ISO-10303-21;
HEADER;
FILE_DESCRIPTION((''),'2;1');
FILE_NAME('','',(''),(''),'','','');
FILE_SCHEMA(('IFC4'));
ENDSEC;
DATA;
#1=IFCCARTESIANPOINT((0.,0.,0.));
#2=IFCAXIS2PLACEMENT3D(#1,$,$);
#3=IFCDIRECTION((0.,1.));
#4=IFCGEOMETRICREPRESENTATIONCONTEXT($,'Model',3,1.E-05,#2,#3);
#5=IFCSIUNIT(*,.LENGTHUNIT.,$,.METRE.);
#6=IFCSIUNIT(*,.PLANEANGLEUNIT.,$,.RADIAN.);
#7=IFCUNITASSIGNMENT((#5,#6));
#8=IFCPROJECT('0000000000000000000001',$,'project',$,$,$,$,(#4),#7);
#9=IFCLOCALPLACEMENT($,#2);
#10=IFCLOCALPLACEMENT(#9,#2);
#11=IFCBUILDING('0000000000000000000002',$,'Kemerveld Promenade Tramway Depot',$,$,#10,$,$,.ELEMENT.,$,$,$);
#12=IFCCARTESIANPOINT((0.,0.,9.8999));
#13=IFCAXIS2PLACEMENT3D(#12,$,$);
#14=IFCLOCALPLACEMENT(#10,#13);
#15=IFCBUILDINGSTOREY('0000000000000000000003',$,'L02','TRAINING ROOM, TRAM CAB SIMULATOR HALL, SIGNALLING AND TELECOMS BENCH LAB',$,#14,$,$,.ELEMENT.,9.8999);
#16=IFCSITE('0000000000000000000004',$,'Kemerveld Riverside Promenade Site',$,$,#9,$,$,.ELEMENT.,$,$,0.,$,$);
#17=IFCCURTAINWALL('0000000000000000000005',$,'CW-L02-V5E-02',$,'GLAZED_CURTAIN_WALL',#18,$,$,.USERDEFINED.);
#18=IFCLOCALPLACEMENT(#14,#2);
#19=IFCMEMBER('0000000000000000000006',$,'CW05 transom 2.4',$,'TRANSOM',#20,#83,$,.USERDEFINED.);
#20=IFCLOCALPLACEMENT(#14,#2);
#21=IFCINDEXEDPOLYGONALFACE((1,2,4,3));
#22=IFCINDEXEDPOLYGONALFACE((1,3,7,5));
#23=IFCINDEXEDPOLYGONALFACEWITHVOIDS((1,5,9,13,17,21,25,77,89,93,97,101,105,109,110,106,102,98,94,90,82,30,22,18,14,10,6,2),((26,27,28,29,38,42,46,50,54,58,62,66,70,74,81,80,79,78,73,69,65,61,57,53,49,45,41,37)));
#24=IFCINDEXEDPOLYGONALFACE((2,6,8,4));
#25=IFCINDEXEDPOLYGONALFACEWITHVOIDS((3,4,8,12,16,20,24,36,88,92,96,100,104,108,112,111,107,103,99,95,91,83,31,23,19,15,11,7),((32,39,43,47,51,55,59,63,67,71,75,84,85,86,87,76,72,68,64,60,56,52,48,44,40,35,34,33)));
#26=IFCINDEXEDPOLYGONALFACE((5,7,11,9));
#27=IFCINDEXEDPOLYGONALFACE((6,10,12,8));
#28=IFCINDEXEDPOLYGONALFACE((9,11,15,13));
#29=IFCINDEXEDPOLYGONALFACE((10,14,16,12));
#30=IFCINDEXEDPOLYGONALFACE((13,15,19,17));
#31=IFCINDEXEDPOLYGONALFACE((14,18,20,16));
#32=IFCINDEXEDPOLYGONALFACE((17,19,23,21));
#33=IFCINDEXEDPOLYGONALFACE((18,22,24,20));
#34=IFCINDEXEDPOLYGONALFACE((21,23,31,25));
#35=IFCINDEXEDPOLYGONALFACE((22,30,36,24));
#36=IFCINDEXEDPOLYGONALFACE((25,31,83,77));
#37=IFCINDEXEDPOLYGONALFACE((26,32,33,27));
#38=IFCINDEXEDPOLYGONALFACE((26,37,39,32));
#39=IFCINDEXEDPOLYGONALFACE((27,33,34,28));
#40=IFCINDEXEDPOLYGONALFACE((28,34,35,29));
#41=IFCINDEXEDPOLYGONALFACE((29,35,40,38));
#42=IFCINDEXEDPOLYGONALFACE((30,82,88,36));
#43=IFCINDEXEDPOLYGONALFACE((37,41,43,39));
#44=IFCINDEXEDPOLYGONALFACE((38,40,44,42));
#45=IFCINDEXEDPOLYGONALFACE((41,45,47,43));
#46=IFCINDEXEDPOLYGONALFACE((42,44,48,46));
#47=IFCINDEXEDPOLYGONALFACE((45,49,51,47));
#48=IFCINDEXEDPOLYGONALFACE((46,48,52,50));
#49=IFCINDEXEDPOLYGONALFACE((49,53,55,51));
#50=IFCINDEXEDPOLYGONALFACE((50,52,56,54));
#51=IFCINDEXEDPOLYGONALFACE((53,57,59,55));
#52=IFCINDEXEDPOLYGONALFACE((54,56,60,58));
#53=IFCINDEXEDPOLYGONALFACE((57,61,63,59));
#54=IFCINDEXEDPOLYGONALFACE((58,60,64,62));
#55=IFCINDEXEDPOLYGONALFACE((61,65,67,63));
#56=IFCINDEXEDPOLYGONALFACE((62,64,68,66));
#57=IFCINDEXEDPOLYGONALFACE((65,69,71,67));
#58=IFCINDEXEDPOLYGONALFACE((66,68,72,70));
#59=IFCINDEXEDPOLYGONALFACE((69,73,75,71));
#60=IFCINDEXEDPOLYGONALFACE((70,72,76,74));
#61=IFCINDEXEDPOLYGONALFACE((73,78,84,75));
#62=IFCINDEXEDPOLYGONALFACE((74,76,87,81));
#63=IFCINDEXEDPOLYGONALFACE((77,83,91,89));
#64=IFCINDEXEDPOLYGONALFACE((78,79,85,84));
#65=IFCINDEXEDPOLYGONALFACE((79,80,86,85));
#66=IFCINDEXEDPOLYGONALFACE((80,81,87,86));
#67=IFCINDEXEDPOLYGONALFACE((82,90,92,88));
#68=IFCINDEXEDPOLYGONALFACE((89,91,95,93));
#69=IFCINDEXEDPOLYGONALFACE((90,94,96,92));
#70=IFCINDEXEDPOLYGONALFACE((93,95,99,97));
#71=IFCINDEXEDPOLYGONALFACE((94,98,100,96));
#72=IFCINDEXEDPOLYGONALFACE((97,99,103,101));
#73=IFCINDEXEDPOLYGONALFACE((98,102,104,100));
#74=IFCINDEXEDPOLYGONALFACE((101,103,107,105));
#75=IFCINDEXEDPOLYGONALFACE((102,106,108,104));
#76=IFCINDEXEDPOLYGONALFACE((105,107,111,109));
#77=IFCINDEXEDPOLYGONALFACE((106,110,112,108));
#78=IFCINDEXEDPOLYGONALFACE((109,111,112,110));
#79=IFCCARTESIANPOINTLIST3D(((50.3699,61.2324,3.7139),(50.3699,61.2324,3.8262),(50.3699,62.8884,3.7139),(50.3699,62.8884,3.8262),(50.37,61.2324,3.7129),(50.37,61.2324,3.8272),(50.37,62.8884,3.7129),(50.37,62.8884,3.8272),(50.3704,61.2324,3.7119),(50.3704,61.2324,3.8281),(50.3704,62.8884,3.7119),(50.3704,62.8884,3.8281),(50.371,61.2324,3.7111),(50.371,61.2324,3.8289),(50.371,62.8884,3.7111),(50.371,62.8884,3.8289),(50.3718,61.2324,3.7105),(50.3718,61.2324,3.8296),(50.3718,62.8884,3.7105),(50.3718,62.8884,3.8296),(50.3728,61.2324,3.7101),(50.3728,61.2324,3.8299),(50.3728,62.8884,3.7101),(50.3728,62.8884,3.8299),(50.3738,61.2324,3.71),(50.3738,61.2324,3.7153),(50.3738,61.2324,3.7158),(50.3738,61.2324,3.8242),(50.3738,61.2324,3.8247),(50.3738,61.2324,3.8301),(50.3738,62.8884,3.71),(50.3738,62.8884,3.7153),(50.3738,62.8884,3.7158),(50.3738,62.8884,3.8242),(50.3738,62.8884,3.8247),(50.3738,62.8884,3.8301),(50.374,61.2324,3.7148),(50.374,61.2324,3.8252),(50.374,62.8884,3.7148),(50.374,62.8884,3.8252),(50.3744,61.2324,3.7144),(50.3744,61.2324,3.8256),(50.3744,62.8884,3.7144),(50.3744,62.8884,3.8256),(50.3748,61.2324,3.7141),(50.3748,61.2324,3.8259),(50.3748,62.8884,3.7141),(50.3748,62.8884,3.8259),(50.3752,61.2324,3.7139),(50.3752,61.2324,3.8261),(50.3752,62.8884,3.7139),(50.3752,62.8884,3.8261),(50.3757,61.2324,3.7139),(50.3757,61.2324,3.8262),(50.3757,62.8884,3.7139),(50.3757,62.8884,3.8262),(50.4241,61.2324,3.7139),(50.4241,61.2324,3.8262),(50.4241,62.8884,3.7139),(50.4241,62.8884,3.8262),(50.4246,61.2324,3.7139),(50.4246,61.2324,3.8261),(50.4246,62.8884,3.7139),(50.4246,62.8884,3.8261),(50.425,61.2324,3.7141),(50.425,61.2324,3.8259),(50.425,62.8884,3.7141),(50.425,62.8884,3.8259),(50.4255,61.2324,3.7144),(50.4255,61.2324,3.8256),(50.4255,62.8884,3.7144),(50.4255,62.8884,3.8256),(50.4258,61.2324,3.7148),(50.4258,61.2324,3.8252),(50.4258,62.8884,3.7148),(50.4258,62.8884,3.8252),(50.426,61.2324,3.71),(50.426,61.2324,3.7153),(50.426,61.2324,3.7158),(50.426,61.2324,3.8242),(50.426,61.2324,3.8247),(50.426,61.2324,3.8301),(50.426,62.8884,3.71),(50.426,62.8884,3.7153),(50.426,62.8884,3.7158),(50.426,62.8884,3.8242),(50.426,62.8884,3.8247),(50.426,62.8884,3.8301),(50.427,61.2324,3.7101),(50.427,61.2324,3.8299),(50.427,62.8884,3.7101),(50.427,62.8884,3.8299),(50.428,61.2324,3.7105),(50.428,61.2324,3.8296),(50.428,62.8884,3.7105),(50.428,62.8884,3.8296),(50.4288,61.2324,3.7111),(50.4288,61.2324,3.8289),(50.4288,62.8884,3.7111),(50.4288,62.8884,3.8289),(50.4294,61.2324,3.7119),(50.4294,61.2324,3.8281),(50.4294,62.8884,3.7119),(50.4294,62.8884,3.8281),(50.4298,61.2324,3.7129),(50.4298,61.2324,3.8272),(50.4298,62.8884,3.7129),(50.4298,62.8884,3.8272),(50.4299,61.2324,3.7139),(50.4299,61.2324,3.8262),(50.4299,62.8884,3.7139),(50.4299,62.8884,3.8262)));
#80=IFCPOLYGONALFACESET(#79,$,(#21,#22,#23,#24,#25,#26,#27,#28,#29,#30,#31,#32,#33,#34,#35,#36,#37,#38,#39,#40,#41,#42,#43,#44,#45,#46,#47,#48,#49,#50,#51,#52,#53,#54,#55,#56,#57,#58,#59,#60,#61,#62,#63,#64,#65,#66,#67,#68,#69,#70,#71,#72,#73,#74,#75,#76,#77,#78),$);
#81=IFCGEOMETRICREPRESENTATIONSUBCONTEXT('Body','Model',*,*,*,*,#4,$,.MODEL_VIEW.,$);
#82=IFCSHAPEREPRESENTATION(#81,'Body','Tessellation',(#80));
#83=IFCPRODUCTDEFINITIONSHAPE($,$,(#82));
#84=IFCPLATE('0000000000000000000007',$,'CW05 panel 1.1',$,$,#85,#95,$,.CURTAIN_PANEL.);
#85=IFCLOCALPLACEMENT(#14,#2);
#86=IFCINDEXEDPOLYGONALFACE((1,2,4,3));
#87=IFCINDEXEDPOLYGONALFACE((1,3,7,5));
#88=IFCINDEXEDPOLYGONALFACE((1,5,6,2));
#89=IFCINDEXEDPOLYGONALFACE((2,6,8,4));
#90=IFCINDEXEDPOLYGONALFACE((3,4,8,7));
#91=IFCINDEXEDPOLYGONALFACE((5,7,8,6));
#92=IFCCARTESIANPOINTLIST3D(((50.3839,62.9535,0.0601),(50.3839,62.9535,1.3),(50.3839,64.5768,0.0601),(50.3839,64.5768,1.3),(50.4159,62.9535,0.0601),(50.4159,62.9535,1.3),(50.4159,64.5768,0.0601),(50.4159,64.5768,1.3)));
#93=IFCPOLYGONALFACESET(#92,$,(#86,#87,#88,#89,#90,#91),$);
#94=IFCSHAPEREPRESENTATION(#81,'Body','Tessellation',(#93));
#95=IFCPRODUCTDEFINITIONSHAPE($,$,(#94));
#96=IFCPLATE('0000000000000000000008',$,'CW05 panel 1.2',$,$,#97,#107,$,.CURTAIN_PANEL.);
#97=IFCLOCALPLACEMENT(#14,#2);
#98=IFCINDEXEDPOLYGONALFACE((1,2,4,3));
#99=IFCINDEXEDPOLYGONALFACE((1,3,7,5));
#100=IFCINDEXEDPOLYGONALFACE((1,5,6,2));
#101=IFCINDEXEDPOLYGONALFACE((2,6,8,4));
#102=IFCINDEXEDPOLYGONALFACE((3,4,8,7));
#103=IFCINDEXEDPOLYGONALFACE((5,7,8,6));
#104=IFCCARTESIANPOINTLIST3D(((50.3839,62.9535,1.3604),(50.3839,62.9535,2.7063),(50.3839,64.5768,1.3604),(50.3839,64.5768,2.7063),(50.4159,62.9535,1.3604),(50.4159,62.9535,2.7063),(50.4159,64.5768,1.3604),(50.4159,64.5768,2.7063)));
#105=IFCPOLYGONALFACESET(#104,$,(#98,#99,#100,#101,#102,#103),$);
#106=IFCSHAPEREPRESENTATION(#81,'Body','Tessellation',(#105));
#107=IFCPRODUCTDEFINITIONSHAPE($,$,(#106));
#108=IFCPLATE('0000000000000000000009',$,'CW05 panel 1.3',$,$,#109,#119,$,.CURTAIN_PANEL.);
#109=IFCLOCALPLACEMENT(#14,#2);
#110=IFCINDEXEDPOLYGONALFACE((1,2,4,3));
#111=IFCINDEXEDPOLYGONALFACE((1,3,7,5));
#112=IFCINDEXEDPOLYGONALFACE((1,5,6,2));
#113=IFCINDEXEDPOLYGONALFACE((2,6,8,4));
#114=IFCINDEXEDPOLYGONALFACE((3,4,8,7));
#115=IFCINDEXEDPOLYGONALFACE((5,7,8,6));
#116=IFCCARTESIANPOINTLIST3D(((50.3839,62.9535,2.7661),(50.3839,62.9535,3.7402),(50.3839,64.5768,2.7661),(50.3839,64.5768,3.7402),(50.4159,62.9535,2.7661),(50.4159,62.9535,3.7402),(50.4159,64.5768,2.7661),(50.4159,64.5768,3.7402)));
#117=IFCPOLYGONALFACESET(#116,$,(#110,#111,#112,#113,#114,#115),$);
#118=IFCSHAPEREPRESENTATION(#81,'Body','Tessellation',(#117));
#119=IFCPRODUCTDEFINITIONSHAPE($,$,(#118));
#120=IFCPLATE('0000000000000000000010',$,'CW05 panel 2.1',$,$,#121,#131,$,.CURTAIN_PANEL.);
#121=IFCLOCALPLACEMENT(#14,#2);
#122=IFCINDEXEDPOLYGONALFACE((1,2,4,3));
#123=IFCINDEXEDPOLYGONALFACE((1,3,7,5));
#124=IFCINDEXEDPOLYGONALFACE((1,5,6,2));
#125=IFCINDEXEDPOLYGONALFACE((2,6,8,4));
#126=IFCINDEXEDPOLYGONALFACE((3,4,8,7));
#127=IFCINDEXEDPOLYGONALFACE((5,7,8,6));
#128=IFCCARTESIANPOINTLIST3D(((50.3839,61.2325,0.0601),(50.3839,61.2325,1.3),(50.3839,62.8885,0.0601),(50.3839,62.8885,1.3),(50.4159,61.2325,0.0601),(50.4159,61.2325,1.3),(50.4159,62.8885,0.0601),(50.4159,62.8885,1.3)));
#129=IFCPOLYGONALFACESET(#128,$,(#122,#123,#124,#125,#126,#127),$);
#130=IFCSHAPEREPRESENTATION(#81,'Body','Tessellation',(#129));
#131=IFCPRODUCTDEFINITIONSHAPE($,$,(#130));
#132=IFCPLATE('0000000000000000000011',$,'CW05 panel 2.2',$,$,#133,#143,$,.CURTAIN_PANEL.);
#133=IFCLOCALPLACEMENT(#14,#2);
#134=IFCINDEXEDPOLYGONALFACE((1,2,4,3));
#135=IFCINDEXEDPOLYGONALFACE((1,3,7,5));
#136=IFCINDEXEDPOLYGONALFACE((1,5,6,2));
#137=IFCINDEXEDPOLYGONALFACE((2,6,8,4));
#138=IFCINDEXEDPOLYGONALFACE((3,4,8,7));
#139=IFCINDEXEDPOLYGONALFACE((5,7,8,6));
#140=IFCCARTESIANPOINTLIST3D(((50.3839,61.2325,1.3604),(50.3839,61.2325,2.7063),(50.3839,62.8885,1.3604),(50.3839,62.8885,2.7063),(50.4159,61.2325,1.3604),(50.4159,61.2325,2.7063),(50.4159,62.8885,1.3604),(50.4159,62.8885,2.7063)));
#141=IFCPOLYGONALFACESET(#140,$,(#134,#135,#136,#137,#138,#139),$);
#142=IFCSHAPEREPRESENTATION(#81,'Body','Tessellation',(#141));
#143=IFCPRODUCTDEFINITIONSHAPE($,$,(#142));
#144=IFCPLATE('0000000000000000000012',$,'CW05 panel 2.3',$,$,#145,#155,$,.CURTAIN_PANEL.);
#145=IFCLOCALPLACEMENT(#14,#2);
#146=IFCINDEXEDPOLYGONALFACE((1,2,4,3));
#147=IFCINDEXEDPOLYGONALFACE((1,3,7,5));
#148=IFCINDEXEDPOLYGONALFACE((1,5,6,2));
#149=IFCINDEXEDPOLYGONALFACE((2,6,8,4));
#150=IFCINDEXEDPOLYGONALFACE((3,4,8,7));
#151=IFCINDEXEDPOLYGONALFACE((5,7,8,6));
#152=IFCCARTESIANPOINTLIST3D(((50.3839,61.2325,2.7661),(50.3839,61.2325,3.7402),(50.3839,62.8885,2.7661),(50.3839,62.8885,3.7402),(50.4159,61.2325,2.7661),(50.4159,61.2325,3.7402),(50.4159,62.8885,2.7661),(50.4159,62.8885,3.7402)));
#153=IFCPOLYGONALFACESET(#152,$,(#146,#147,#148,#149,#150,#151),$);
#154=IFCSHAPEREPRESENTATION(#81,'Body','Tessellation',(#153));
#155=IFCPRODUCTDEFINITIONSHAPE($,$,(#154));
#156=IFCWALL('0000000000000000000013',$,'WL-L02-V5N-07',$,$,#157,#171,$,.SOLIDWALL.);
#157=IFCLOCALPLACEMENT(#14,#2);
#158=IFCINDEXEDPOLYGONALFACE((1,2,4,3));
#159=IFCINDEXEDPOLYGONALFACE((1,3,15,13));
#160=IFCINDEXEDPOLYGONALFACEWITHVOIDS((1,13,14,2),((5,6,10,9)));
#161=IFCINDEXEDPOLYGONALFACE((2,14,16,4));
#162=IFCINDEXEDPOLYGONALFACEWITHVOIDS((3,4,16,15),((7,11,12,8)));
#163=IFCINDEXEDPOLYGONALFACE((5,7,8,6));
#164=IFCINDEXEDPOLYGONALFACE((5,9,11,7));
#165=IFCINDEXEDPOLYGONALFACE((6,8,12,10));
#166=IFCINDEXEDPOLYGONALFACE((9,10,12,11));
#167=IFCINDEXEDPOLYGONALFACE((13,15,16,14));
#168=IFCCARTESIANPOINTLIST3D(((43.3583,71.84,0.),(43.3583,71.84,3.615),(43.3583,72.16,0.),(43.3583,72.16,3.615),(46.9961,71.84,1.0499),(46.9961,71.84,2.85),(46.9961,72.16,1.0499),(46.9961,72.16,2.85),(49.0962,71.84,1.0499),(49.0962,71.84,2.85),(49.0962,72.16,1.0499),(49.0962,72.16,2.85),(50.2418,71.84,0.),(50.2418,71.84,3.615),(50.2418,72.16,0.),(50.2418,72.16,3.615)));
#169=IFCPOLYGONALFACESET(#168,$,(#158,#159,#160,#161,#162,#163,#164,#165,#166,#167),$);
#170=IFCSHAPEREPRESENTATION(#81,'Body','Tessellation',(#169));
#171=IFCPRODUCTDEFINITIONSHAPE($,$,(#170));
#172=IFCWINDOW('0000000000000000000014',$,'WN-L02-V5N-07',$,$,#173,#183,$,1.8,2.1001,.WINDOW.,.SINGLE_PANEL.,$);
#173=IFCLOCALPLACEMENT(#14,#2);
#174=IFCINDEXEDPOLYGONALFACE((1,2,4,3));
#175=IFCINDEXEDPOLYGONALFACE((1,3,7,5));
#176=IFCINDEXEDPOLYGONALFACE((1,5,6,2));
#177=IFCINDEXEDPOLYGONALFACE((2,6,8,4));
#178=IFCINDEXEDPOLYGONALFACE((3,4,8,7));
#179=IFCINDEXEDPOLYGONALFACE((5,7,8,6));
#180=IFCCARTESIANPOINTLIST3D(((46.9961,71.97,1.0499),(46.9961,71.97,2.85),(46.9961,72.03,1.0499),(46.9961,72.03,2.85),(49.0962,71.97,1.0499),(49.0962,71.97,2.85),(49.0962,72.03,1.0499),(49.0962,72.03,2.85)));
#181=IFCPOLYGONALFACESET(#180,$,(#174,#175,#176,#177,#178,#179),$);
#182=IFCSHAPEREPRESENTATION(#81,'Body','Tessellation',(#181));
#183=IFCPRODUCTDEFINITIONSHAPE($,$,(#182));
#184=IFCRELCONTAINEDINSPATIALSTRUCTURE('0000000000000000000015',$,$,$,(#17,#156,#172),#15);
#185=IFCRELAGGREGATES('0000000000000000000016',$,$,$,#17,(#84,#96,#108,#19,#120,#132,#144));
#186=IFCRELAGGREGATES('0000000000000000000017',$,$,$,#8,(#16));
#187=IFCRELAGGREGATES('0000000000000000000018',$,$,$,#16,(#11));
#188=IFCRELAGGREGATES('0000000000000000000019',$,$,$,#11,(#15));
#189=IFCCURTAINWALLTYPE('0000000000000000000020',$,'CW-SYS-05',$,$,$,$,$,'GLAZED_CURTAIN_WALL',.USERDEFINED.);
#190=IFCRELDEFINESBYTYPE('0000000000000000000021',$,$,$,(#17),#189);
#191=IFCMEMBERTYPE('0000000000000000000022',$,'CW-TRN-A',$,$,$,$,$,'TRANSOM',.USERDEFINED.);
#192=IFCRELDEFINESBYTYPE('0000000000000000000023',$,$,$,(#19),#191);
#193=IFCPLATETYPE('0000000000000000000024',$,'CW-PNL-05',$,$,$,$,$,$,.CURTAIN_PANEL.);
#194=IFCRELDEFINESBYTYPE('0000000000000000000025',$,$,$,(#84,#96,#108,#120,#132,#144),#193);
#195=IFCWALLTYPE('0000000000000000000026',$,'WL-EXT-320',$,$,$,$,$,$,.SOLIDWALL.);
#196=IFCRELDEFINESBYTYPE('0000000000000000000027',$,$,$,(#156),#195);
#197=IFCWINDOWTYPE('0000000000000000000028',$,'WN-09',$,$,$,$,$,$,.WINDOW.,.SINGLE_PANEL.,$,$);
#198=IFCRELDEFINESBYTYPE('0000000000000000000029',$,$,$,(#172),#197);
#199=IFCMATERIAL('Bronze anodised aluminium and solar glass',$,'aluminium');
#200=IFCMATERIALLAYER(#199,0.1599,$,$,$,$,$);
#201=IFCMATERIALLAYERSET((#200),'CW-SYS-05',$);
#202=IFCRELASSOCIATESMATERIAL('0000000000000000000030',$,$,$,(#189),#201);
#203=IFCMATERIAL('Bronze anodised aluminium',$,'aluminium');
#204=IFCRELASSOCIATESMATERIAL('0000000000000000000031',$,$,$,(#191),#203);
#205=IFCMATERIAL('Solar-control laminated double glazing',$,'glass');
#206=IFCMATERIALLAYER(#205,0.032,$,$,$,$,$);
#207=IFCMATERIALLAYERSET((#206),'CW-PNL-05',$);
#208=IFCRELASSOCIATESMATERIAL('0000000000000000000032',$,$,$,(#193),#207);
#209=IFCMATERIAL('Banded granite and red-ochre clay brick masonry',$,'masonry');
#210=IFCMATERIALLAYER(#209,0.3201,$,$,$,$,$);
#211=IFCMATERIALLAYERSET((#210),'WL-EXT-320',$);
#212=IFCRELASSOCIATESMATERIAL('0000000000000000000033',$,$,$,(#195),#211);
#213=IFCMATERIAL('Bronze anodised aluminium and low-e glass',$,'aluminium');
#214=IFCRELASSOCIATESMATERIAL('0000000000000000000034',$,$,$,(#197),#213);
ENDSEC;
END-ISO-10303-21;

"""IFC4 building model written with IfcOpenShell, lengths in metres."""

from ifc_helpers import new_model, si_unit, direction, frame, frame_2d, origin, origin_2d, place, context, subcontext, project, spatial, rectangle, hollow_rectangle, extrude, material, layer, layer_set, material_profile, profile_set, type_object, element, fill, aggregate, save


model = new_model("IFC4")

# Units and contexts
model_context = context("Model", 3, precision=1e-05, world=origin(), true_north=direction((0.0, 1.0)))
body_context = subcontext(model_context, "Body", "Model", "MODEL_VIEW")
ifc_project = project(units=[si_unit("LENGTHUNIT", "METRE"), si_unit("PLANEANGLEUNIT", "RADIAN")], contexts=[model_context])

# Site, building, storey
site_placement = place(None, origin())
site = spatial("IfcSite", under=ifc_project, at=site_placement, Name="Kemerveld Riverside Promenade Site", CompositionType="ELEMENT", RefElevation=0.0)
building_placement = place(site_placement, origin())
building = spatial("IfcBuilding", under=site, at=building_placement, Name="Kemerveld Promenade Tramway Depot", CompositionType="ELEMENT")
storey_placement = place(building_placement, frame((0.0, 0.0, 9.8999)))
storey = spatial("IfcBuildingStorey", under=building, at=storey_placement, Name="L02", Description="TRAINING ROOM, TRAM CAB SIMULATOR HALL, SIGNALLING AND TELECOMS BENCH LAB", CompositionType="ELEMENT", Elevation=9.8999)

# Curtain wall, member, plates
ifc_material_1 = material(Name="Bronze anodised aluminium and solar glass", Category="aluminium")
ifc_layer_1 = layer(ifc_material_1, 0.1599)
ifc_layer_set_1 = layer_set([ifc_layer_1], Name="CW-SYS-05")
curtain_wall_type = type_object("IfcCurtainWallType", Name="CW-SYS-05", ElementType="GLAZED_CURTAIN_WALL", PredefinedType="USERDEFINED", material=ifc_layer_set_1)
curtain_wall_placement = place(storey_placement, origin())
curtain_wall = element("IfcCurtainWall", 1, at=curtain_wall_placement, inside=storey, type_object=curtain_wall_type, Name="CW-L02-V5E-02", ObjectType="GLAZED_CURTAIN_WALL", PredefinedType="USERDEFINED")
ifc_material_2 = material(Name="Bronze anodised aluminium", Category="aluminium")
ifc_material_profile_1 = material_profile(ifc_material_2, hollow_rectangle(XDim=0.0601, YDim=0.1201, WallThickness=0.0039, InnerFilletRadius=0.002, OuterFilletRadius=0.0039, at=origin_2d()), Name="CW-TRN-120x60")
ifc_profile_set_1 = profile_set([ifc_material_profile_1], Name="Bronze anodised aluminium")
member_type_1 = type_object("IfcMemberType", Name="CW-TRN-A", ElementType="TRANSOM", PredefinedType="USERDEFINED", material=ifc_profile_set_1)
member_1_placement = place(storey_placement, frame((50.3999, 62.8884, 3.77), z_axis=(0.0, -1.0, 0.0), x_axis=(1.0, 0.0, 0.0)))
member_1 = element("IfcMember", 2, at=member_1_placement, type_object=member_type_1, Name="CW05 transom 2.4", ObjectType="TRANSOM", PredefinedType="USERDEFINED", context=body_context, shape_type="SweptSolid", body=[
    extrude(hollow_rectangle(XDim=0.0601, YDim=0.1201, WallThickness=0.0039, InnerFilletRadius=0.002, OuterFilletRadius=0.0039, at=origin_2d()), origin(), (0.0, 0.0, 1.0), 1.656),
])
ifc_material_3 = material(Name="Solar-control laminated double glazing", Category="glass")
ifc_layer_2 = layer(ifc_material_3, 0.032)
ifc_layer_set_2 = layer_set([ifc_layer_2], Name="CW-PNL-05")
plate_type = type_object("IfcPlateType", Name="CW-PNL-05", PredefinedType="CURTAIN_PANEL", material=ifc_layer_set_2)
plate_1_placement = place(storey_placement, frame((50.3999, 63.7651, 0.0601), z_axis=(0.0, 0.0, 1.0), x_axis=(0.0, -1.0, 0.0)))
plate_1 = element("IfcPlate", 3, at=plate_1_placement, type_object=plate_type, Name="CW05 panel 1.1", PredefinedType="CURTAIN_PANEL", context=body_context, shape_type="SweptSolid", body=[
    extrude(rectangle(XDim=1.6233, YDim=0.032, at=origin_2d()), origin(), (0.0, 0.0, 1.0), 1.24),
])
plate_2_placement = place(storey_placement, frame((50.3999, 63.7651, 1.3604), z_axis=(0.0, 0.0, 1.0), x_axis=(0.0, -1.0, 0.0)))
plate_2 = element("IfcPlate", 4, at=plate_2_placement, type_object=plate_type, Name="CW05 panel 1.2", PredefinedType="CURTAIN_PANEL", context=body_context, shape_type="SweptSolid", body=[
    extrude(rectangle(XDim=1.6233, YDim=0.032, at=origin_2d()), origin(), (0.0, 0.0, 1.0), 1.3459),
])
plate_3_placement = place(storey_placement, frame((50.3999, 63.7651, 2.7661), z_axis=(0.0, 0.0, 1.0), x_axis=(0.0, -1.0, 0.0)))
plate_3 = element("IfcPlate", 5, at=plate_3_placement, type_object=plate_type, Name="CW05 panel 1.3", PredefinedType="CURTAIN_PANEL", context=body_context, shape_type="SweptSolid", body=[
    extrude(rectangle(XDim=1.6233, YDim=0.032, at=origin_2d()), origin(), (0.0, 0.0, 1.0), 0.9741),
])
plate_4_placement = place(storey_placement, frame((50.3999, 62.0605, 0.0601), z_axis=(0.0, 0.0, 1.0), x_axis=(0.0, -1.0, 0.0)))
plate_4 = element("IfcPlate", 6, at=plate_4_placement, type_object=plate_type, Name="CW05 panel 2.1", PredefinedType="CURTAIN_PANEL", context=body_context, shape_type="SweptSolid", body=[
    extrude(rectangle(XDim=1.656, YDim=0.032, at=origin_2d()), origin(), (0.0, 0.0, 1.0), 1.24),
])
plate_5_placement = place(storey_placement, frame((50.3999, 62.0605, 1.3604), z_axis=(0.0, 0.0, 1.0), x_axis=(0.0, -1.0, 0.0)))
plate_5 = element("IfcPlate", 7, at=plate_5_placement, type_object=plate_type, Name="CW05 panel 2.2", PredefinedType="CURTAIN_PANEL", context=body_context, shape_type="SweptSolid", body=[
    extrude(rectangle(XDim=1.656, YDim=0.032, at=origin_2d()), origin(), (0.0, 0.0, 1.0), 1.3459),
])
plate_6_placement = place(storey_placement, frame((50.3999, 62.0605, 2.7661), z_axis=(0.0, 0.0, 1.0), x_axis=(0.0, -1.0, 0.0)))
plate_6 = element("IfcPlate", 8, at=plate_6_placement, type_object=plate_type, Name="CW05 panel 2.3", PredefinedType="CURTAIN_PANEL", context=body_context, shape_type="SweptSolid", body=[
    extrude(rectangle(XDim=1.656, YDim=0.032, at=origin_2d()), origin(), (0.0, 0.0, 1.0), 0.9741),
])
aggregate(curtain_wall, [plate_1, plate_2, plate_3, member_1, plate_4, plate_5, plate_6])

# Wall, opening, window
ifc_material_4 = material(Name="Banded granite and red-ochre clay brick masonry", Category="masonry")
ifc_layer_3 = layer(ifc_material_4, 0.3201)
ifc_layer_set_3 = layer_set([ifc_layer_3], Name="WL-EXT-320")
wall_type = type_object("IfcWallType", Name="WL-EXT-320", PredefinedType="SOLIDWALL", material=ifc_layer_set_3)
wall_1_placement = place(storey_placement, frame((43.3582, 72.0, 0.0), z_axis=(0.0, 0.0, 1.0), x_axis=(1.0, 0.0, 0.0)))
wall_1 = element("IfcWall", 9, at=wall_1_placement, inside=storey, type_object=wall_type, Name="WL-L02-V5N-07", PredefinedType="SOLIDWALL", context=body_context, shape_type="SweptSolid", body=[
    extrude(rectangle(XDim=6.8835, YDim=0.3201, at=frame_2d((3.4419, 0.0))), origin(), (0.0, 0.0, 1.0), 3.615),
])
opening_1_placement = place(wall_1_placement, frame((3.6379, 0.0, 1.05)))
opening_1 = element("IfcOpeningElement", 10, at=opening_1_placement, cuts=wall_1, PredefinedType="OPENING", context=body_context, shape_type="SweptSolid", body=[
    extrude(rectangle(XDim=2.1001, YDim=1.8, at=frame_2d((1.05, 0.8999))), frame((0.0, 0.1699, 0.0), z_axis=(0.0, -1.0, 0.0), x_axis=(1.0, 0.0, 0.0)), (0.0, 0.0, 1.0), 0.3401),
])
ifc_material_5 = material(Name="Bronze anodised aluminium and low-e glass", Category="aluminium")
window_type = type_object("IfcWindowType", Name="WN-09", PartitioningType="SINGLE_PANEL", PredefinedType="WINDOW", material=ifc_material_5)
window_placement = place(opening_1_placement, origin())
window = element("IfcWindow", 11, at=window_placement, inside=storey, type_object=window_type, Name="WN-L02-V5N-07", OverallHeight=1.8, OverallWidth=2.1001, PartitioningType="SINGLE_PANEL", PredefinedType="WINDOW", context=body_context, shape_type="SweptSolid", body=[
    extrude(rectangle(XDim=2.1001, YDim=1.8, at=frame_2d((1.05, 0.8999))), frame((0.0, 0.03, 0.0), z_axis=(0.0, -1.0, 0.0), x_axis=(1.0, 0.0, 0.0)), (0.0, 0.0, 1.0), 0.0601),
])
fill(opening_1, window)

save(model, "model.ifc")
